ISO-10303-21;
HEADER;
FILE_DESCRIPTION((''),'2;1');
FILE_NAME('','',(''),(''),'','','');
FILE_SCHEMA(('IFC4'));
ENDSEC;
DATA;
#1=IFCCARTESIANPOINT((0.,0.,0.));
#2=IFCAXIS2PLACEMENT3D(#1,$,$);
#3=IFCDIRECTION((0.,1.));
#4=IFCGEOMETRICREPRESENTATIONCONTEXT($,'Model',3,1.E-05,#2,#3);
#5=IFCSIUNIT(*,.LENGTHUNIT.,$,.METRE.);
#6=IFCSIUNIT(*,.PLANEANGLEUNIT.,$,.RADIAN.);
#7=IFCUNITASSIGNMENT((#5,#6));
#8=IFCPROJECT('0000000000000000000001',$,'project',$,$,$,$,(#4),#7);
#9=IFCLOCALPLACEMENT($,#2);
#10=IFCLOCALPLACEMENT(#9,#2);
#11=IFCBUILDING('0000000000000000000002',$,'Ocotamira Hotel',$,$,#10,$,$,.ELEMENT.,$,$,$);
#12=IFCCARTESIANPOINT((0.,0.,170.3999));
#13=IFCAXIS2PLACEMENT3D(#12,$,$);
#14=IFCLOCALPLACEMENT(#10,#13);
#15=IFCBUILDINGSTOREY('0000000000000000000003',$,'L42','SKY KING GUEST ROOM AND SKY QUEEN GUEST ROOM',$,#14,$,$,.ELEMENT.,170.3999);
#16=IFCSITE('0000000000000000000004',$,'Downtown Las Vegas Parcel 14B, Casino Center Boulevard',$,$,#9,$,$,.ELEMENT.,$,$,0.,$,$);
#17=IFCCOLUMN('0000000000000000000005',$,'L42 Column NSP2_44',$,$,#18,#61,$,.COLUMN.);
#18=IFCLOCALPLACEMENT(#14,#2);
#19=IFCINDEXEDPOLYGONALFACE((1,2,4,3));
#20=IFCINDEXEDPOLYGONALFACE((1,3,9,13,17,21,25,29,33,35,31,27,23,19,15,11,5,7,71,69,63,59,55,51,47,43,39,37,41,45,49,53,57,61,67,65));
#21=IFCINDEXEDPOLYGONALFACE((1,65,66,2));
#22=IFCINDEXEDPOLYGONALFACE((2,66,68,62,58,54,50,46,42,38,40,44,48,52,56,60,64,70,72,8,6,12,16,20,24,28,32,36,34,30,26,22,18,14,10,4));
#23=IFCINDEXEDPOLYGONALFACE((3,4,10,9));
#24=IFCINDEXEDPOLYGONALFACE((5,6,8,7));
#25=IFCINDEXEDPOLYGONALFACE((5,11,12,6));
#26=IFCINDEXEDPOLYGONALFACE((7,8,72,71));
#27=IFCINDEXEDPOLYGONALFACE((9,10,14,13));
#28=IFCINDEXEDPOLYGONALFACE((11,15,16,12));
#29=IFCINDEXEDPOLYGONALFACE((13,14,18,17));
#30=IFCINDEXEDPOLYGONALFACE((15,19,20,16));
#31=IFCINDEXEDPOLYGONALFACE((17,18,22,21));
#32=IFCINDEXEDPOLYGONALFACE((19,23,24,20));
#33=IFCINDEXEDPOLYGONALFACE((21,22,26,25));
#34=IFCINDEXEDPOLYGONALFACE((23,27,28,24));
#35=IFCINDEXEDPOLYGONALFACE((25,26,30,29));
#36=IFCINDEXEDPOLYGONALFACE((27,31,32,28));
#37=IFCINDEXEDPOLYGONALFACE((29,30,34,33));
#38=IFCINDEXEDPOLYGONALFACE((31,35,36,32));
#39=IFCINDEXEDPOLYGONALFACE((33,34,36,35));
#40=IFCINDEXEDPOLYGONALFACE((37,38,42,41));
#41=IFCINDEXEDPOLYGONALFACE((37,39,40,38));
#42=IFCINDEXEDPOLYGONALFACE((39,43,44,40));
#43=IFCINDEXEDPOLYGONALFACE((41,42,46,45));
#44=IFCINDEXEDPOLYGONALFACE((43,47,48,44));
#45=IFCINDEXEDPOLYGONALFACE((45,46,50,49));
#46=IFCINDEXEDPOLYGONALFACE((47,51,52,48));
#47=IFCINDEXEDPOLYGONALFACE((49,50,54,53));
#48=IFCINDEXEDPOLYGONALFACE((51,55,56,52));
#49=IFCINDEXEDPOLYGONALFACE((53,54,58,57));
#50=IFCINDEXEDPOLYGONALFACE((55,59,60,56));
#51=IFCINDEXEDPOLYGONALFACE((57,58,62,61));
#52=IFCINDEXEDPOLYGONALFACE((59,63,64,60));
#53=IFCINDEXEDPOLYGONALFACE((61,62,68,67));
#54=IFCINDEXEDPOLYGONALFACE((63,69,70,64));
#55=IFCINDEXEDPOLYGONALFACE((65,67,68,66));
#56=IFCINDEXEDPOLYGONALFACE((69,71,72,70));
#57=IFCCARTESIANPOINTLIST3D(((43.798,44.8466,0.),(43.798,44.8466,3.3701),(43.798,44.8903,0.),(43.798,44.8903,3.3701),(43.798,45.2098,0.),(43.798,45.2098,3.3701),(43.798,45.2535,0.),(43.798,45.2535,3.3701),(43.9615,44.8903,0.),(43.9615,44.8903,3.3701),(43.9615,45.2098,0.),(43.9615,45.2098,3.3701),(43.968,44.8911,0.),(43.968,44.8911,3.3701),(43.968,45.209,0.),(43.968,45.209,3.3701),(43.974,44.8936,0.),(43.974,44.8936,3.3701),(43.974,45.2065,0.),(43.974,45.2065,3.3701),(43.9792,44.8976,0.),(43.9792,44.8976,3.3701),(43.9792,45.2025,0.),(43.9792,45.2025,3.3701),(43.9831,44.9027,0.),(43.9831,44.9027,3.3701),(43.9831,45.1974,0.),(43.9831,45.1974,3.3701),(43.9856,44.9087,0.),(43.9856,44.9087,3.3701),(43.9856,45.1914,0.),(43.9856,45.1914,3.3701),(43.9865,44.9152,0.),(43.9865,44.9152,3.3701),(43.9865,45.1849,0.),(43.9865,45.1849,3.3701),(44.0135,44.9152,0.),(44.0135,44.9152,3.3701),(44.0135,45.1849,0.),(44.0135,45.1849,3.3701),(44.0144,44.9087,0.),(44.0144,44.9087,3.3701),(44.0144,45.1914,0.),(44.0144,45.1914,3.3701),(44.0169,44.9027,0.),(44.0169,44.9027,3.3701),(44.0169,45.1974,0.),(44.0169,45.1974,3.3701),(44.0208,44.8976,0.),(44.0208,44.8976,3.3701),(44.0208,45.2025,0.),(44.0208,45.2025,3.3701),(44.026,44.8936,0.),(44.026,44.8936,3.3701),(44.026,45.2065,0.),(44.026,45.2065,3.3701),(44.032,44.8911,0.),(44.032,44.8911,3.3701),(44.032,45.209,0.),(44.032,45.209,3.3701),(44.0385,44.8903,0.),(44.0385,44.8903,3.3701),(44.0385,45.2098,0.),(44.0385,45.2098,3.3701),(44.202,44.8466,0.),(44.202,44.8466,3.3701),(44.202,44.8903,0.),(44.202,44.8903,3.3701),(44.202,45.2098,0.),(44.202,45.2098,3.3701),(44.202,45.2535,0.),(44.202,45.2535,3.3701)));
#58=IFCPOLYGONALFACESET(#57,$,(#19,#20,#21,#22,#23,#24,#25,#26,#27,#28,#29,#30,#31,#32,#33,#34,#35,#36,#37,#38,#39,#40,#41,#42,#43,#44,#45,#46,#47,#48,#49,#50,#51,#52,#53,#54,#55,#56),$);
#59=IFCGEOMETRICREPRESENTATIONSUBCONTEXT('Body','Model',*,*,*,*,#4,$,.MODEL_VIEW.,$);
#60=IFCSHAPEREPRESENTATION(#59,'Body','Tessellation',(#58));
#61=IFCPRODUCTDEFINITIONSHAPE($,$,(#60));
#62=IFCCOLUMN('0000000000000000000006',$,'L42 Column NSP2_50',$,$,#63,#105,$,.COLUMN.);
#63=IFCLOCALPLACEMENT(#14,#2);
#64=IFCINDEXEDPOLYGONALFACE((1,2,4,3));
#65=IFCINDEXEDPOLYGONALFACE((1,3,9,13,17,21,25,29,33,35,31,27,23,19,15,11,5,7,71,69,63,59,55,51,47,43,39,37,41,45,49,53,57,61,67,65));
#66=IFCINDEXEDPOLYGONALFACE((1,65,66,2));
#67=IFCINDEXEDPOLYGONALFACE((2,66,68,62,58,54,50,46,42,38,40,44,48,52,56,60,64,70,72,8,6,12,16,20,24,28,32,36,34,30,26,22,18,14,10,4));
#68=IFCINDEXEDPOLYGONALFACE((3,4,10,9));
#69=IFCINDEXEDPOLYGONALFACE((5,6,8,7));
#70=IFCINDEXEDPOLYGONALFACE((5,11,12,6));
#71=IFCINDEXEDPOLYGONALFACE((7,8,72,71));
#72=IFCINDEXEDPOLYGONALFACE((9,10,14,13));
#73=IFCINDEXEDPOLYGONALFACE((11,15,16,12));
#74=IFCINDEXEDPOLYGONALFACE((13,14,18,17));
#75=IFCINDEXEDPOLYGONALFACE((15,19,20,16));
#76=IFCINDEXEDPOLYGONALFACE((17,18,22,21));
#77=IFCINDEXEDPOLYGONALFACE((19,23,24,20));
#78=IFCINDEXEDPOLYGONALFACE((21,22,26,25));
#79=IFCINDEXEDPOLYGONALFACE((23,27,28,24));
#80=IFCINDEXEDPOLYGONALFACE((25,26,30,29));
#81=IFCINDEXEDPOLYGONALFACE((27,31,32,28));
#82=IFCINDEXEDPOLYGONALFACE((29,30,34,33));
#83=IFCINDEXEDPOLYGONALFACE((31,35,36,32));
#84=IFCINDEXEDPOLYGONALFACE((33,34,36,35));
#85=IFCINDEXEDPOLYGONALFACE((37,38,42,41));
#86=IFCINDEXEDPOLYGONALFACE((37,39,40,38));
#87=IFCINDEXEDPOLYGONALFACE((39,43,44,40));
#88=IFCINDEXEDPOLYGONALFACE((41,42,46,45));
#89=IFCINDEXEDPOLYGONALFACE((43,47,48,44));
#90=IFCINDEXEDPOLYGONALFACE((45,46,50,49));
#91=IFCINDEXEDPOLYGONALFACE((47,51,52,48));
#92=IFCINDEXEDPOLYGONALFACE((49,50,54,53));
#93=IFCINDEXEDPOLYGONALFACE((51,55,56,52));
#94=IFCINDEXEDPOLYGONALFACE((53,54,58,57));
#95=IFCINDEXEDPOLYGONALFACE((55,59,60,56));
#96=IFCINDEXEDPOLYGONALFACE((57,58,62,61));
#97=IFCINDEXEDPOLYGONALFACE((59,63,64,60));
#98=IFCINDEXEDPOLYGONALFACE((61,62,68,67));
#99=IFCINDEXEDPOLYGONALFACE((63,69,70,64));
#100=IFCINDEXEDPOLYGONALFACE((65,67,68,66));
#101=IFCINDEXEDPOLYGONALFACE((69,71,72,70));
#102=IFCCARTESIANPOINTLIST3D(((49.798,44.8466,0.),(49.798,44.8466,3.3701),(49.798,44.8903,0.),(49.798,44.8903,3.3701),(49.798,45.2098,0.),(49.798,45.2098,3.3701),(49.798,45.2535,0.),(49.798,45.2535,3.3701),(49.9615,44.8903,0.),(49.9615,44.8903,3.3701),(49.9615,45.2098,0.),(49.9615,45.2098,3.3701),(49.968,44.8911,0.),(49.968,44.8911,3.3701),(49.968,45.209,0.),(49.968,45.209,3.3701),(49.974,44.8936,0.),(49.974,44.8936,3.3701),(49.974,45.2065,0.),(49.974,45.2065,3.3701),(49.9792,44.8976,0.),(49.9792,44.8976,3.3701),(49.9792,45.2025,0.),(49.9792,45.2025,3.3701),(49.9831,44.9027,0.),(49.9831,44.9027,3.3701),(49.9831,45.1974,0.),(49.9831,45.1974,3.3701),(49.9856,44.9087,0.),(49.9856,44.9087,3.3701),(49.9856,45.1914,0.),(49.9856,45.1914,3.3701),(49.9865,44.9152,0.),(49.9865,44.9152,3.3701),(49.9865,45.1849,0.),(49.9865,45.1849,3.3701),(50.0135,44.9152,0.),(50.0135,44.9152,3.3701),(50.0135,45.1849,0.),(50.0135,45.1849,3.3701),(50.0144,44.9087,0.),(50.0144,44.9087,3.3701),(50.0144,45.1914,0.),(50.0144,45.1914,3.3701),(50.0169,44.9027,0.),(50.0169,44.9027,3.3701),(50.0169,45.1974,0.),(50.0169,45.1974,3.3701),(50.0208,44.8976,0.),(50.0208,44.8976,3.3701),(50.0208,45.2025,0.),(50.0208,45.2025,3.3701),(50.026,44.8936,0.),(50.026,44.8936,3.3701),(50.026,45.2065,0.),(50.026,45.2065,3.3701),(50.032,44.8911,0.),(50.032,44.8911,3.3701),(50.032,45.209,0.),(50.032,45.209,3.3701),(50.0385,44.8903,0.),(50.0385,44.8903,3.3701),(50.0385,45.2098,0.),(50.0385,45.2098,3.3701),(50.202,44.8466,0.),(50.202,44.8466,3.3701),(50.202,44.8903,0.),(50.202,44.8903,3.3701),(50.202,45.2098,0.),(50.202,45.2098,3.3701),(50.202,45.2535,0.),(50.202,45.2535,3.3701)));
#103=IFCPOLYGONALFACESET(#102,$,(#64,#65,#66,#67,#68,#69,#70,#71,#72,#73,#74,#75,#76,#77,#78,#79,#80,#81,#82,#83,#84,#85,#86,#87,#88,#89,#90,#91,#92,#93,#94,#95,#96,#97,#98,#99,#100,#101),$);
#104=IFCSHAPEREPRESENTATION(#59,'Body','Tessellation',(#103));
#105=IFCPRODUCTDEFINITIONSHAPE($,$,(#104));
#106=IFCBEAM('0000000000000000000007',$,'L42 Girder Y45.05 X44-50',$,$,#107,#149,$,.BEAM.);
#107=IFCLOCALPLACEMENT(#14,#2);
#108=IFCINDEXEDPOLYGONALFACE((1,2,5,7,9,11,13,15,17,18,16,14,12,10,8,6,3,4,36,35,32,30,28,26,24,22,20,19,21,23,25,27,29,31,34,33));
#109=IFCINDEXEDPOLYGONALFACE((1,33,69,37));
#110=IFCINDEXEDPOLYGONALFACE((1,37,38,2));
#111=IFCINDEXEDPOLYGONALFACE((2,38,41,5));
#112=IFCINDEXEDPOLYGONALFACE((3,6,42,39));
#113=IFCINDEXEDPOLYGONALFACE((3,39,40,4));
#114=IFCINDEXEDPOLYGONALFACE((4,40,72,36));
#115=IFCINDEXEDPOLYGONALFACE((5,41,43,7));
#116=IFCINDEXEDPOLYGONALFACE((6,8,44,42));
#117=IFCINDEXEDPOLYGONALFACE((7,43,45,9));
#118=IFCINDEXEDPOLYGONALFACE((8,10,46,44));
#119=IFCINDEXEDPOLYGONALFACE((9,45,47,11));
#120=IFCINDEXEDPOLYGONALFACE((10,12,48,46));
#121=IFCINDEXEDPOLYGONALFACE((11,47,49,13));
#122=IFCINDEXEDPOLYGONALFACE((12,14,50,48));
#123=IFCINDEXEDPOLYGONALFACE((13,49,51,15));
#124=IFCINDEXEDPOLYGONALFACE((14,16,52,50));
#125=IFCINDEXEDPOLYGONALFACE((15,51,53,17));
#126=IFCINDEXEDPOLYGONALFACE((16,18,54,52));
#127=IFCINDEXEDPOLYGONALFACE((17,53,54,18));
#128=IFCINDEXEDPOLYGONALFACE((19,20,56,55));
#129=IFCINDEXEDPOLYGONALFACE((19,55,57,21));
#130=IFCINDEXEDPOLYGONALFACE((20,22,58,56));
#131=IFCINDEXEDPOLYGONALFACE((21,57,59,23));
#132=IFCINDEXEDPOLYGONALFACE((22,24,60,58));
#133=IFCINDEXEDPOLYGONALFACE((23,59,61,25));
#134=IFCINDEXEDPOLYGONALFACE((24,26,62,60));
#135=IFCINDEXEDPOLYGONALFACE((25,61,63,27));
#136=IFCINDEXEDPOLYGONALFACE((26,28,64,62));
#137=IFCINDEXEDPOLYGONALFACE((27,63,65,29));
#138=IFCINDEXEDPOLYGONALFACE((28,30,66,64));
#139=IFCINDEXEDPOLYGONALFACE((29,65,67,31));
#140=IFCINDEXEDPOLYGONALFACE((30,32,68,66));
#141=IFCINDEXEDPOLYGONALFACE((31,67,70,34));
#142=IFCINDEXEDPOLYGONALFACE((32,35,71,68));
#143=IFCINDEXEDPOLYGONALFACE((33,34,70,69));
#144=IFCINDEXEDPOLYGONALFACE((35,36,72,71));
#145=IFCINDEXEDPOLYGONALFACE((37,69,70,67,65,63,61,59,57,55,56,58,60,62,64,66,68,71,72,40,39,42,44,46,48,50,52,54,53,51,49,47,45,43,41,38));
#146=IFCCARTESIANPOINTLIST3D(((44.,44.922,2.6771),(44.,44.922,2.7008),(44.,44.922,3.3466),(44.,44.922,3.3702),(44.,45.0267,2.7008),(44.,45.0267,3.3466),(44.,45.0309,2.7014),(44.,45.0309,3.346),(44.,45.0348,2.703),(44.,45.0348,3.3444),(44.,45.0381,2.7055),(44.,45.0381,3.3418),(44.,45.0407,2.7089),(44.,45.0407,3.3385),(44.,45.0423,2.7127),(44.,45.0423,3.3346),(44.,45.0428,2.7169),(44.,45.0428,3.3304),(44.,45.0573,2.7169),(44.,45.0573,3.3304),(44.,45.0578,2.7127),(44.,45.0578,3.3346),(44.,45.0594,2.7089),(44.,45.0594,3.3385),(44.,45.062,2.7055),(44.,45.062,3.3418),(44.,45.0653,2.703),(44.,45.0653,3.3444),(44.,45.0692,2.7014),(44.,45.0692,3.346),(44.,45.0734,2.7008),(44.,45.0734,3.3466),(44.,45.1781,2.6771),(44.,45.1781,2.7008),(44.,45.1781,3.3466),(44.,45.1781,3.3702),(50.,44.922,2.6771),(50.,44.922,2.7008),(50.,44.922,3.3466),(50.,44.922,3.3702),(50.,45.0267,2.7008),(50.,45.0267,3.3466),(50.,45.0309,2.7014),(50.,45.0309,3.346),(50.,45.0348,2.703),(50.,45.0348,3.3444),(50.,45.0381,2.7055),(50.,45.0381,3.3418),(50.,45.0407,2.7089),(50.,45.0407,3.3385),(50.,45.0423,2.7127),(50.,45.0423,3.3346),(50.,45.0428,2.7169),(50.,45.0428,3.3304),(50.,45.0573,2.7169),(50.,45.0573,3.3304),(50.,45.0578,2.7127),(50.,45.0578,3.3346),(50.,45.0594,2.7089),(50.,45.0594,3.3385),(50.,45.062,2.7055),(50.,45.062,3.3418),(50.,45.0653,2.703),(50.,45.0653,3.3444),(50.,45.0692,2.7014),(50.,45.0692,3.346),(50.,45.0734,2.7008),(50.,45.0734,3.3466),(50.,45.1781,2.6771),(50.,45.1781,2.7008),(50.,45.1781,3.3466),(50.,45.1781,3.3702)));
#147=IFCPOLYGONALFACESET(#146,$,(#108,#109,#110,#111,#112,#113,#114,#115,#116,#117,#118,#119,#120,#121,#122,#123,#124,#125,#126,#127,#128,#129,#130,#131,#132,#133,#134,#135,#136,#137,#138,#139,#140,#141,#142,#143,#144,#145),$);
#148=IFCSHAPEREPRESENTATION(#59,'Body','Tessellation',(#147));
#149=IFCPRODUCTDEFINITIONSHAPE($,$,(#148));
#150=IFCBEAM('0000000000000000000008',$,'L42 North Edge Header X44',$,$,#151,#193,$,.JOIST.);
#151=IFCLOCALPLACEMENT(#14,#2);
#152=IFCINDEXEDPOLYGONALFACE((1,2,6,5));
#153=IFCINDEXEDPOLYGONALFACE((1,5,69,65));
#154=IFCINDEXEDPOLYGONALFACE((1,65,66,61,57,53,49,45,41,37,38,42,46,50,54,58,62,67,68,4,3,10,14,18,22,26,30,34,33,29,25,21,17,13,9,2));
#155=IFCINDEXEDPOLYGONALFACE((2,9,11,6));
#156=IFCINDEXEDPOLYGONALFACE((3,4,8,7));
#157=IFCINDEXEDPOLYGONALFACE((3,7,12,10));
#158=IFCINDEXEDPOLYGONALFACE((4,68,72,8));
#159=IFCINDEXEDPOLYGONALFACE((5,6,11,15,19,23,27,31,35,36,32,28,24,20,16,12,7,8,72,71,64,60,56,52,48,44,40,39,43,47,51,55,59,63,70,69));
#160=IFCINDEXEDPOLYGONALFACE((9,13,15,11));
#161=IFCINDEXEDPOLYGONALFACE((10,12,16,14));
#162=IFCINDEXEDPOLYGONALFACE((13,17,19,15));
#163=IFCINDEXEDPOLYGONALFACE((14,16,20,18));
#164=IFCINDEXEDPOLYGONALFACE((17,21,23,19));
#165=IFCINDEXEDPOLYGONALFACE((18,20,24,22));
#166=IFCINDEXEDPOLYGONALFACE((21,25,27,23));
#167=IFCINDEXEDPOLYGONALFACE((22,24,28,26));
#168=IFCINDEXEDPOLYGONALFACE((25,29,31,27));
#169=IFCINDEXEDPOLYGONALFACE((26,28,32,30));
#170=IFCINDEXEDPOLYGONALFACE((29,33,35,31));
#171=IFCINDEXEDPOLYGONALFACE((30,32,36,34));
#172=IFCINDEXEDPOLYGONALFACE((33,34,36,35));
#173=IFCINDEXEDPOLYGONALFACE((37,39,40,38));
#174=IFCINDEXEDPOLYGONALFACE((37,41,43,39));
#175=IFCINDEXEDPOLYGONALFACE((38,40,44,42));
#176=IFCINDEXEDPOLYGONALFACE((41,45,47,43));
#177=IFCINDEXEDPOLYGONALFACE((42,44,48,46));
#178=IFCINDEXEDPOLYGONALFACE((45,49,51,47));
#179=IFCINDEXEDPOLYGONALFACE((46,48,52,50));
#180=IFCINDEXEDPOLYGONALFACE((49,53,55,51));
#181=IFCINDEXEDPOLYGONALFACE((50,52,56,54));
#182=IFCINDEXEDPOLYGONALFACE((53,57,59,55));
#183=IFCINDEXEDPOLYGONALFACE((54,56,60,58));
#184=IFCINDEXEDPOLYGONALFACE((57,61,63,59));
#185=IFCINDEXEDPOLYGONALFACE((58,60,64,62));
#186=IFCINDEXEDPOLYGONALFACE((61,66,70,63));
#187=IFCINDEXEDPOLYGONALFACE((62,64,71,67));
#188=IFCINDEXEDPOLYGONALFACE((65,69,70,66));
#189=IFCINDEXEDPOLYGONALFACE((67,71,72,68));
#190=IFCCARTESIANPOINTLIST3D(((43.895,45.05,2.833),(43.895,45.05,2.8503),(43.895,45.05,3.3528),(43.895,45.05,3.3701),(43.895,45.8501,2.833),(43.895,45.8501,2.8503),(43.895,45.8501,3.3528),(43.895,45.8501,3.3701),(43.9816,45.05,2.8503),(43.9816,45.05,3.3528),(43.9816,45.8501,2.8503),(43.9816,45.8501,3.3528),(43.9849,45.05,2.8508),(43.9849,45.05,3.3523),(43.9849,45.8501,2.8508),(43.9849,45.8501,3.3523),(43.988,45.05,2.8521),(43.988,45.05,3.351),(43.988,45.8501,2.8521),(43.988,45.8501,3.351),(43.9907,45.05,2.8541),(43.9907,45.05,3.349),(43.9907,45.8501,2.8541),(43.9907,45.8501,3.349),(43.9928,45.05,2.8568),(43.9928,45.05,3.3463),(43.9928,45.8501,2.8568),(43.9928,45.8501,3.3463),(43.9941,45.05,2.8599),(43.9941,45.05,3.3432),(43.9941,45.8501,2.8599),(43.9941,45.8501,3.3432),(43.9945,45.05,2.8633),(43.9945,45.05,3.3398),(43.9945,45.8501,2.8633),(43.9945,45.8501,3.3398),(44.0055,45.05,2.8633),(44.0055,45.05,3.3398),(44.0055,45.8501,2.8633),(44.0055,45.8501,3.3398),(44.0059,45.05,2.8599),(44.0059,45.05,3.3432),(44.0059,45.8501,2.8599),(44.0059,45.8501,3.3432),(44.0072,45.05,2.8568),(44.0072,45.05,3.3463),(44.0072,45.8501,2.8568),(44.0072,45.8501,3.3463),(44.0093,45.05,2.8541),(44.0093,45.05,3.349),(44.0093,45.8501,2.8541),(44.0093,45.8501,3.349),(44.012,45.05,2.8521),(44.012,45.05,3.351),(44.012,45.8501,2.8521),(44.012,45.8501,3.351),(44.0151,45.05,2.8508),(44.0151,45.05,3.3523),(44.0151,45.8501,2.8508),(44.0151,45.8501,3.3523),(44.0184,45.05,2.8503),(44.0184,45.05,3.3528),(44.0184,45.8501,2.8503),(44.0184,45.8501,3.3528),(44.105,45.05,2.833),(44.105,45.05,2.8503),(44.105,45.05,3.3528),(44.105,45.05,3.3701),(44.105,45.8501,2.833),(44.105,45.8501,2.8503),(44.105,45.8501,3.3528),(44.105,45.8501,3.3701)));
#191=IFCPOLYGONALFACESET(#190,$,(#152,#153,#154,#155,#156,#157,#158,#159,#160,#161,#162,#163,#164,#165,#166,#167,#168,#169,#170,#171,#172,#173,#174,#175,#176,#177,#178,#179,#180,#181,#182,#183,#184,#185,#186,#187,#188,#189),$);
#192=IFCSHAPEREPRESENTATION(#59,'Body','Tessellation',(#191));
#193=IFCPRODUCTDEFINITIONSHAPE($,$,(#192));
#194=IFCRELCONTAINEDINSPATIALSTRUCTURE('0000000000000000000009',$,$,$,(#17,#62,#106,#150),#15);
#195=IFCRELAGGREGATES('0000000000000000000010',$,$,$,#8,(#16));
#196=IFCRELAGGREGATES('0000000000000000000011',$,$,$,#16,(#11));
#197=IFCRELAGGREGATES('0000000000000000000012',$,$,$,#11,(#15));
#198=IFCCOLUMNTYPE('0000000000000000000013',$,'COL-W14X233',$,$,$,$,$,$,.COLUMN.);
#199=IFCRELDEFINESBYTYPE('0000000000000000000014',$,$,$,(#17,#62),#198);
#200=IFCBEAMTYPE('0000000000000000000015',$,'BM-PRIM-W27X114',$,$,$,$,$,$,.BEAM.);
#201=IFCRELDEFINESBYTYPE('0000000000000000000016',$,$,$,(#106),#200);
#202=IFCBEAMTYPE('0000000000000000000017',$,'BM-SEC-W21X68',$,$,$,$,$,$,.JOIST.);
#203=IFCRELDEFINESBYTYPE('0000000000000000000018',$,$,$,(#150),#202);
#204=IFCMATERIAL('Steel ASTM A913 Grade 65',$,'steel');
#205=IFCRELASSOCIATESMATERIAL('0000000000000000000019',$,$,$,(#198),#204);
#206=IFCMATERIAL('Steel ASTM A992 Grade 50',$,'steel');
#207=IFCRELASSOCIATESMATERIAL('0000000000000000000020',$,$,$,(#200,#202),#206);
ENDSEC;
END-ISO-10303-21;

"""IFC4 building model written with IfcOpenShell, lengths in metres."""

from ifc_helpers import new_model, si_unit, direction, frame, origin, origin_2d, place, context, subcontext, project, spatial, i_section, extrude, source, transform, mapped, material, material_profile, profile_set, type_object, element, save


model = new_model("IFC4")

# Units and contexts
model_context = context("Model", 3, precision=1e-05, world=origin(), true_north=direction((0.0, 1.0)))
body_context = subcontext(model_context, "Body", "Model", "MODEL_VIEW")
ifc_project = project(units=[si_unit("LENGTHUNIT", "METRE"), si_unit("PLANEANGLEUNIT", "RADIAN")], contexts=[model_context])

# Site, building, storey
site_placement = place(None, origin())
site = spatial("IfcSite", under=ifc_project, at=site_placement, Name="Downtown Las Vegas Parcel 14B, Casino Center Boulevard", CompositionType="ELEMENT", RefElevation=0.0)
building_placement = place(site_placement, origin())
building = spatial("IfcBuilding", under=site, at=building_placement, Name="Ocotamira Hotel", CompositionType="ELEMENT")
storey_placement = place(building_placement, frame((0.0, 0.0, 170.3999)))
storey = spatial("IfcBuildingStorey", under=building, at=storey_placement, Name="L42", Description="SKY KING GUEST ROOM AND SKY QUEEN GUEST ROOM", CompositionType="ELEMENT", Elevation=170.3999)

# Columns
ifc_material_1 = material(Name="Steel ASTM A913 Grade 65", Category="steel")
ifc_material_profile_1 = material_profile(ifc_material_1, i_section(OverallWidth=0.4041, OverallDepth=0.407, WebThickness=0.0271, FlangeThickness=0.0437, FilletRadius=0.0249, at=origin_2d()), Name="W14X233")
ifc_profile_set_1 = profile_set([ifc_material_profile_1], Name="Steel ASTM A913 Grade 65")
column_type = type_object("IfcColumnType", Name="COL-W14X233", PredefinedType="COLUMN", material=ifc_profile_set_1)
shared_shape_1 = source(origin(), body_context, "Body", "SweptSolid", [
    extrude(i_section(OverallWidth=0.4041, OverallDepth=0.407, WebThickness=0.0271, FlangeThickness=0.0437, FilletRadius=0.0249, at=origin_2d()), origin(), (0.0, 0.0, 1.0), 3.3701),
])
for number, where, z_axis, x_axis, name in (
    (1, (44.0, 45.05, 0.0), (0.0, 0.0, 1.0), (1.0, 0.0, 0.0), "L42 Column NSP2_44"),
    (2, (50.0, 45.05, 0.0), (0.0, 0.0, 1.0), (1.0, 0.0, 0.0), "L42 Column NSP2_50"),
):
    element("IfcColumn", number, at=place(storey_placement, frame(where, z_axis=z_axis, x_axis=x_axis)), inside=storey, type_object=column_type, Name=name, PredefinedType="COLUMN", context=body_context, shape_type="MappedRepresentation", body=[
        mapped(shared_shape_1, transform((0.0, 0.0, 0.0), scale=1.0)),
    ])

# Beams
ifc_material_2 = material(Name="Steel ASTM A992 Grade 50", Category="steel")
ifc_material_profile_2 = material_profile(ifc_material_2, i_section(OverallWidth=0.2561, OverallDepth=0.6931, WebThickness=0.0144, FlangeThickness=0.0237, FilletRadius=0.0161, at=origin_2d()), Name="W27X114")
ifc_profile_set_2 = profile_set([ifc_material_profile_2], Name="Steel ASTM A992 Grade 50")
beam_type_1 = type_object("IfcBeamType", Name="BM-PRIM-W27X114", PredefinedType="BEAM", material=ifc_profile_set_2)
shared_shape_2 = source(origin(), body_context, "Body", "SweptSolid", [
    extrude(i_section(OverallWidth=0.2561, OverallDepth=0.6931, WebThickness=0.0144, FlangeThickness=0.0237, FilletRadius=0.0161, at=origin_2d()), origin(), (0.0, 0.0, 1.0), 6.0),
])
beam_1_placement = place(storey_placement, frame((44.0, 45.05, 3.0237), z_axis=(1.0, 0.0, 0.0), x_axis=(0.0, 1.0, 0.0)))
element("IfcBeam", 3, at=beam_1_placement, inside=storey, type_object=beam_type_1, Name="L42 Girder Y45.05 X44-50", PredefinedType="BEAM", context=body_context, shape_type="MappedRepresentation", body=[
    mapped(shared_shape_2, transform((0.0, 0.0, 0.0), scale=1.0)),
])
ifc_material_profile_3 = material_profile(ifc_material_2, i_section(OverallWidth=0.21, OverallDepth=0.5371, WebThickness=0.011, FlangeThickness=0.0173, FilletRadius=0.0129, at=origin_2d()), Name="W21X68")
ifc_profile_set_3 = profile_set([ifc_material_profile_3], Name="Steel ASTM A992 Grade 50")
beam_type_2 = type_object("IfcBeamType", Name="BM-SEC-W21X68", PredefinedType="JOIST", material=ifc_profile_set_3)
shared_shape_3 = source(origin(), body_context, "Body", "SweptSolid", [
    extrude(i_section(OverallWidth=0.21, OverallDepth=0.5371, WebThickness=0.011, FlangeThickness=0.0173, FilletRadius=0.0129, at=origin_2d()), origin(), (0.0, 0.0, 1.0), 0.8),
])
for number, where, z_axis, x_axis, name in (
    (4, (44.0, 45.05, 3.1016), (0.0, 1.0, 0.0), (-1.0, 0.0, 0.0), "L42 North Edge Header X44"),
):
    element("IfcBeam", number, at=place(storey_placement, frame(where, z_axis=z_axis, x_axis=x_axis)), inside=storey, type_object=beam_type_2, Name=name, PredefinedType="JOIST", context=body_context, shape_type="MappedRepresentation", body=[
        mapped(shared_shape_3, transform((0.0, 0.0, 0.0), scale=1.0)),
    ])

save(model, "model.ifc")
